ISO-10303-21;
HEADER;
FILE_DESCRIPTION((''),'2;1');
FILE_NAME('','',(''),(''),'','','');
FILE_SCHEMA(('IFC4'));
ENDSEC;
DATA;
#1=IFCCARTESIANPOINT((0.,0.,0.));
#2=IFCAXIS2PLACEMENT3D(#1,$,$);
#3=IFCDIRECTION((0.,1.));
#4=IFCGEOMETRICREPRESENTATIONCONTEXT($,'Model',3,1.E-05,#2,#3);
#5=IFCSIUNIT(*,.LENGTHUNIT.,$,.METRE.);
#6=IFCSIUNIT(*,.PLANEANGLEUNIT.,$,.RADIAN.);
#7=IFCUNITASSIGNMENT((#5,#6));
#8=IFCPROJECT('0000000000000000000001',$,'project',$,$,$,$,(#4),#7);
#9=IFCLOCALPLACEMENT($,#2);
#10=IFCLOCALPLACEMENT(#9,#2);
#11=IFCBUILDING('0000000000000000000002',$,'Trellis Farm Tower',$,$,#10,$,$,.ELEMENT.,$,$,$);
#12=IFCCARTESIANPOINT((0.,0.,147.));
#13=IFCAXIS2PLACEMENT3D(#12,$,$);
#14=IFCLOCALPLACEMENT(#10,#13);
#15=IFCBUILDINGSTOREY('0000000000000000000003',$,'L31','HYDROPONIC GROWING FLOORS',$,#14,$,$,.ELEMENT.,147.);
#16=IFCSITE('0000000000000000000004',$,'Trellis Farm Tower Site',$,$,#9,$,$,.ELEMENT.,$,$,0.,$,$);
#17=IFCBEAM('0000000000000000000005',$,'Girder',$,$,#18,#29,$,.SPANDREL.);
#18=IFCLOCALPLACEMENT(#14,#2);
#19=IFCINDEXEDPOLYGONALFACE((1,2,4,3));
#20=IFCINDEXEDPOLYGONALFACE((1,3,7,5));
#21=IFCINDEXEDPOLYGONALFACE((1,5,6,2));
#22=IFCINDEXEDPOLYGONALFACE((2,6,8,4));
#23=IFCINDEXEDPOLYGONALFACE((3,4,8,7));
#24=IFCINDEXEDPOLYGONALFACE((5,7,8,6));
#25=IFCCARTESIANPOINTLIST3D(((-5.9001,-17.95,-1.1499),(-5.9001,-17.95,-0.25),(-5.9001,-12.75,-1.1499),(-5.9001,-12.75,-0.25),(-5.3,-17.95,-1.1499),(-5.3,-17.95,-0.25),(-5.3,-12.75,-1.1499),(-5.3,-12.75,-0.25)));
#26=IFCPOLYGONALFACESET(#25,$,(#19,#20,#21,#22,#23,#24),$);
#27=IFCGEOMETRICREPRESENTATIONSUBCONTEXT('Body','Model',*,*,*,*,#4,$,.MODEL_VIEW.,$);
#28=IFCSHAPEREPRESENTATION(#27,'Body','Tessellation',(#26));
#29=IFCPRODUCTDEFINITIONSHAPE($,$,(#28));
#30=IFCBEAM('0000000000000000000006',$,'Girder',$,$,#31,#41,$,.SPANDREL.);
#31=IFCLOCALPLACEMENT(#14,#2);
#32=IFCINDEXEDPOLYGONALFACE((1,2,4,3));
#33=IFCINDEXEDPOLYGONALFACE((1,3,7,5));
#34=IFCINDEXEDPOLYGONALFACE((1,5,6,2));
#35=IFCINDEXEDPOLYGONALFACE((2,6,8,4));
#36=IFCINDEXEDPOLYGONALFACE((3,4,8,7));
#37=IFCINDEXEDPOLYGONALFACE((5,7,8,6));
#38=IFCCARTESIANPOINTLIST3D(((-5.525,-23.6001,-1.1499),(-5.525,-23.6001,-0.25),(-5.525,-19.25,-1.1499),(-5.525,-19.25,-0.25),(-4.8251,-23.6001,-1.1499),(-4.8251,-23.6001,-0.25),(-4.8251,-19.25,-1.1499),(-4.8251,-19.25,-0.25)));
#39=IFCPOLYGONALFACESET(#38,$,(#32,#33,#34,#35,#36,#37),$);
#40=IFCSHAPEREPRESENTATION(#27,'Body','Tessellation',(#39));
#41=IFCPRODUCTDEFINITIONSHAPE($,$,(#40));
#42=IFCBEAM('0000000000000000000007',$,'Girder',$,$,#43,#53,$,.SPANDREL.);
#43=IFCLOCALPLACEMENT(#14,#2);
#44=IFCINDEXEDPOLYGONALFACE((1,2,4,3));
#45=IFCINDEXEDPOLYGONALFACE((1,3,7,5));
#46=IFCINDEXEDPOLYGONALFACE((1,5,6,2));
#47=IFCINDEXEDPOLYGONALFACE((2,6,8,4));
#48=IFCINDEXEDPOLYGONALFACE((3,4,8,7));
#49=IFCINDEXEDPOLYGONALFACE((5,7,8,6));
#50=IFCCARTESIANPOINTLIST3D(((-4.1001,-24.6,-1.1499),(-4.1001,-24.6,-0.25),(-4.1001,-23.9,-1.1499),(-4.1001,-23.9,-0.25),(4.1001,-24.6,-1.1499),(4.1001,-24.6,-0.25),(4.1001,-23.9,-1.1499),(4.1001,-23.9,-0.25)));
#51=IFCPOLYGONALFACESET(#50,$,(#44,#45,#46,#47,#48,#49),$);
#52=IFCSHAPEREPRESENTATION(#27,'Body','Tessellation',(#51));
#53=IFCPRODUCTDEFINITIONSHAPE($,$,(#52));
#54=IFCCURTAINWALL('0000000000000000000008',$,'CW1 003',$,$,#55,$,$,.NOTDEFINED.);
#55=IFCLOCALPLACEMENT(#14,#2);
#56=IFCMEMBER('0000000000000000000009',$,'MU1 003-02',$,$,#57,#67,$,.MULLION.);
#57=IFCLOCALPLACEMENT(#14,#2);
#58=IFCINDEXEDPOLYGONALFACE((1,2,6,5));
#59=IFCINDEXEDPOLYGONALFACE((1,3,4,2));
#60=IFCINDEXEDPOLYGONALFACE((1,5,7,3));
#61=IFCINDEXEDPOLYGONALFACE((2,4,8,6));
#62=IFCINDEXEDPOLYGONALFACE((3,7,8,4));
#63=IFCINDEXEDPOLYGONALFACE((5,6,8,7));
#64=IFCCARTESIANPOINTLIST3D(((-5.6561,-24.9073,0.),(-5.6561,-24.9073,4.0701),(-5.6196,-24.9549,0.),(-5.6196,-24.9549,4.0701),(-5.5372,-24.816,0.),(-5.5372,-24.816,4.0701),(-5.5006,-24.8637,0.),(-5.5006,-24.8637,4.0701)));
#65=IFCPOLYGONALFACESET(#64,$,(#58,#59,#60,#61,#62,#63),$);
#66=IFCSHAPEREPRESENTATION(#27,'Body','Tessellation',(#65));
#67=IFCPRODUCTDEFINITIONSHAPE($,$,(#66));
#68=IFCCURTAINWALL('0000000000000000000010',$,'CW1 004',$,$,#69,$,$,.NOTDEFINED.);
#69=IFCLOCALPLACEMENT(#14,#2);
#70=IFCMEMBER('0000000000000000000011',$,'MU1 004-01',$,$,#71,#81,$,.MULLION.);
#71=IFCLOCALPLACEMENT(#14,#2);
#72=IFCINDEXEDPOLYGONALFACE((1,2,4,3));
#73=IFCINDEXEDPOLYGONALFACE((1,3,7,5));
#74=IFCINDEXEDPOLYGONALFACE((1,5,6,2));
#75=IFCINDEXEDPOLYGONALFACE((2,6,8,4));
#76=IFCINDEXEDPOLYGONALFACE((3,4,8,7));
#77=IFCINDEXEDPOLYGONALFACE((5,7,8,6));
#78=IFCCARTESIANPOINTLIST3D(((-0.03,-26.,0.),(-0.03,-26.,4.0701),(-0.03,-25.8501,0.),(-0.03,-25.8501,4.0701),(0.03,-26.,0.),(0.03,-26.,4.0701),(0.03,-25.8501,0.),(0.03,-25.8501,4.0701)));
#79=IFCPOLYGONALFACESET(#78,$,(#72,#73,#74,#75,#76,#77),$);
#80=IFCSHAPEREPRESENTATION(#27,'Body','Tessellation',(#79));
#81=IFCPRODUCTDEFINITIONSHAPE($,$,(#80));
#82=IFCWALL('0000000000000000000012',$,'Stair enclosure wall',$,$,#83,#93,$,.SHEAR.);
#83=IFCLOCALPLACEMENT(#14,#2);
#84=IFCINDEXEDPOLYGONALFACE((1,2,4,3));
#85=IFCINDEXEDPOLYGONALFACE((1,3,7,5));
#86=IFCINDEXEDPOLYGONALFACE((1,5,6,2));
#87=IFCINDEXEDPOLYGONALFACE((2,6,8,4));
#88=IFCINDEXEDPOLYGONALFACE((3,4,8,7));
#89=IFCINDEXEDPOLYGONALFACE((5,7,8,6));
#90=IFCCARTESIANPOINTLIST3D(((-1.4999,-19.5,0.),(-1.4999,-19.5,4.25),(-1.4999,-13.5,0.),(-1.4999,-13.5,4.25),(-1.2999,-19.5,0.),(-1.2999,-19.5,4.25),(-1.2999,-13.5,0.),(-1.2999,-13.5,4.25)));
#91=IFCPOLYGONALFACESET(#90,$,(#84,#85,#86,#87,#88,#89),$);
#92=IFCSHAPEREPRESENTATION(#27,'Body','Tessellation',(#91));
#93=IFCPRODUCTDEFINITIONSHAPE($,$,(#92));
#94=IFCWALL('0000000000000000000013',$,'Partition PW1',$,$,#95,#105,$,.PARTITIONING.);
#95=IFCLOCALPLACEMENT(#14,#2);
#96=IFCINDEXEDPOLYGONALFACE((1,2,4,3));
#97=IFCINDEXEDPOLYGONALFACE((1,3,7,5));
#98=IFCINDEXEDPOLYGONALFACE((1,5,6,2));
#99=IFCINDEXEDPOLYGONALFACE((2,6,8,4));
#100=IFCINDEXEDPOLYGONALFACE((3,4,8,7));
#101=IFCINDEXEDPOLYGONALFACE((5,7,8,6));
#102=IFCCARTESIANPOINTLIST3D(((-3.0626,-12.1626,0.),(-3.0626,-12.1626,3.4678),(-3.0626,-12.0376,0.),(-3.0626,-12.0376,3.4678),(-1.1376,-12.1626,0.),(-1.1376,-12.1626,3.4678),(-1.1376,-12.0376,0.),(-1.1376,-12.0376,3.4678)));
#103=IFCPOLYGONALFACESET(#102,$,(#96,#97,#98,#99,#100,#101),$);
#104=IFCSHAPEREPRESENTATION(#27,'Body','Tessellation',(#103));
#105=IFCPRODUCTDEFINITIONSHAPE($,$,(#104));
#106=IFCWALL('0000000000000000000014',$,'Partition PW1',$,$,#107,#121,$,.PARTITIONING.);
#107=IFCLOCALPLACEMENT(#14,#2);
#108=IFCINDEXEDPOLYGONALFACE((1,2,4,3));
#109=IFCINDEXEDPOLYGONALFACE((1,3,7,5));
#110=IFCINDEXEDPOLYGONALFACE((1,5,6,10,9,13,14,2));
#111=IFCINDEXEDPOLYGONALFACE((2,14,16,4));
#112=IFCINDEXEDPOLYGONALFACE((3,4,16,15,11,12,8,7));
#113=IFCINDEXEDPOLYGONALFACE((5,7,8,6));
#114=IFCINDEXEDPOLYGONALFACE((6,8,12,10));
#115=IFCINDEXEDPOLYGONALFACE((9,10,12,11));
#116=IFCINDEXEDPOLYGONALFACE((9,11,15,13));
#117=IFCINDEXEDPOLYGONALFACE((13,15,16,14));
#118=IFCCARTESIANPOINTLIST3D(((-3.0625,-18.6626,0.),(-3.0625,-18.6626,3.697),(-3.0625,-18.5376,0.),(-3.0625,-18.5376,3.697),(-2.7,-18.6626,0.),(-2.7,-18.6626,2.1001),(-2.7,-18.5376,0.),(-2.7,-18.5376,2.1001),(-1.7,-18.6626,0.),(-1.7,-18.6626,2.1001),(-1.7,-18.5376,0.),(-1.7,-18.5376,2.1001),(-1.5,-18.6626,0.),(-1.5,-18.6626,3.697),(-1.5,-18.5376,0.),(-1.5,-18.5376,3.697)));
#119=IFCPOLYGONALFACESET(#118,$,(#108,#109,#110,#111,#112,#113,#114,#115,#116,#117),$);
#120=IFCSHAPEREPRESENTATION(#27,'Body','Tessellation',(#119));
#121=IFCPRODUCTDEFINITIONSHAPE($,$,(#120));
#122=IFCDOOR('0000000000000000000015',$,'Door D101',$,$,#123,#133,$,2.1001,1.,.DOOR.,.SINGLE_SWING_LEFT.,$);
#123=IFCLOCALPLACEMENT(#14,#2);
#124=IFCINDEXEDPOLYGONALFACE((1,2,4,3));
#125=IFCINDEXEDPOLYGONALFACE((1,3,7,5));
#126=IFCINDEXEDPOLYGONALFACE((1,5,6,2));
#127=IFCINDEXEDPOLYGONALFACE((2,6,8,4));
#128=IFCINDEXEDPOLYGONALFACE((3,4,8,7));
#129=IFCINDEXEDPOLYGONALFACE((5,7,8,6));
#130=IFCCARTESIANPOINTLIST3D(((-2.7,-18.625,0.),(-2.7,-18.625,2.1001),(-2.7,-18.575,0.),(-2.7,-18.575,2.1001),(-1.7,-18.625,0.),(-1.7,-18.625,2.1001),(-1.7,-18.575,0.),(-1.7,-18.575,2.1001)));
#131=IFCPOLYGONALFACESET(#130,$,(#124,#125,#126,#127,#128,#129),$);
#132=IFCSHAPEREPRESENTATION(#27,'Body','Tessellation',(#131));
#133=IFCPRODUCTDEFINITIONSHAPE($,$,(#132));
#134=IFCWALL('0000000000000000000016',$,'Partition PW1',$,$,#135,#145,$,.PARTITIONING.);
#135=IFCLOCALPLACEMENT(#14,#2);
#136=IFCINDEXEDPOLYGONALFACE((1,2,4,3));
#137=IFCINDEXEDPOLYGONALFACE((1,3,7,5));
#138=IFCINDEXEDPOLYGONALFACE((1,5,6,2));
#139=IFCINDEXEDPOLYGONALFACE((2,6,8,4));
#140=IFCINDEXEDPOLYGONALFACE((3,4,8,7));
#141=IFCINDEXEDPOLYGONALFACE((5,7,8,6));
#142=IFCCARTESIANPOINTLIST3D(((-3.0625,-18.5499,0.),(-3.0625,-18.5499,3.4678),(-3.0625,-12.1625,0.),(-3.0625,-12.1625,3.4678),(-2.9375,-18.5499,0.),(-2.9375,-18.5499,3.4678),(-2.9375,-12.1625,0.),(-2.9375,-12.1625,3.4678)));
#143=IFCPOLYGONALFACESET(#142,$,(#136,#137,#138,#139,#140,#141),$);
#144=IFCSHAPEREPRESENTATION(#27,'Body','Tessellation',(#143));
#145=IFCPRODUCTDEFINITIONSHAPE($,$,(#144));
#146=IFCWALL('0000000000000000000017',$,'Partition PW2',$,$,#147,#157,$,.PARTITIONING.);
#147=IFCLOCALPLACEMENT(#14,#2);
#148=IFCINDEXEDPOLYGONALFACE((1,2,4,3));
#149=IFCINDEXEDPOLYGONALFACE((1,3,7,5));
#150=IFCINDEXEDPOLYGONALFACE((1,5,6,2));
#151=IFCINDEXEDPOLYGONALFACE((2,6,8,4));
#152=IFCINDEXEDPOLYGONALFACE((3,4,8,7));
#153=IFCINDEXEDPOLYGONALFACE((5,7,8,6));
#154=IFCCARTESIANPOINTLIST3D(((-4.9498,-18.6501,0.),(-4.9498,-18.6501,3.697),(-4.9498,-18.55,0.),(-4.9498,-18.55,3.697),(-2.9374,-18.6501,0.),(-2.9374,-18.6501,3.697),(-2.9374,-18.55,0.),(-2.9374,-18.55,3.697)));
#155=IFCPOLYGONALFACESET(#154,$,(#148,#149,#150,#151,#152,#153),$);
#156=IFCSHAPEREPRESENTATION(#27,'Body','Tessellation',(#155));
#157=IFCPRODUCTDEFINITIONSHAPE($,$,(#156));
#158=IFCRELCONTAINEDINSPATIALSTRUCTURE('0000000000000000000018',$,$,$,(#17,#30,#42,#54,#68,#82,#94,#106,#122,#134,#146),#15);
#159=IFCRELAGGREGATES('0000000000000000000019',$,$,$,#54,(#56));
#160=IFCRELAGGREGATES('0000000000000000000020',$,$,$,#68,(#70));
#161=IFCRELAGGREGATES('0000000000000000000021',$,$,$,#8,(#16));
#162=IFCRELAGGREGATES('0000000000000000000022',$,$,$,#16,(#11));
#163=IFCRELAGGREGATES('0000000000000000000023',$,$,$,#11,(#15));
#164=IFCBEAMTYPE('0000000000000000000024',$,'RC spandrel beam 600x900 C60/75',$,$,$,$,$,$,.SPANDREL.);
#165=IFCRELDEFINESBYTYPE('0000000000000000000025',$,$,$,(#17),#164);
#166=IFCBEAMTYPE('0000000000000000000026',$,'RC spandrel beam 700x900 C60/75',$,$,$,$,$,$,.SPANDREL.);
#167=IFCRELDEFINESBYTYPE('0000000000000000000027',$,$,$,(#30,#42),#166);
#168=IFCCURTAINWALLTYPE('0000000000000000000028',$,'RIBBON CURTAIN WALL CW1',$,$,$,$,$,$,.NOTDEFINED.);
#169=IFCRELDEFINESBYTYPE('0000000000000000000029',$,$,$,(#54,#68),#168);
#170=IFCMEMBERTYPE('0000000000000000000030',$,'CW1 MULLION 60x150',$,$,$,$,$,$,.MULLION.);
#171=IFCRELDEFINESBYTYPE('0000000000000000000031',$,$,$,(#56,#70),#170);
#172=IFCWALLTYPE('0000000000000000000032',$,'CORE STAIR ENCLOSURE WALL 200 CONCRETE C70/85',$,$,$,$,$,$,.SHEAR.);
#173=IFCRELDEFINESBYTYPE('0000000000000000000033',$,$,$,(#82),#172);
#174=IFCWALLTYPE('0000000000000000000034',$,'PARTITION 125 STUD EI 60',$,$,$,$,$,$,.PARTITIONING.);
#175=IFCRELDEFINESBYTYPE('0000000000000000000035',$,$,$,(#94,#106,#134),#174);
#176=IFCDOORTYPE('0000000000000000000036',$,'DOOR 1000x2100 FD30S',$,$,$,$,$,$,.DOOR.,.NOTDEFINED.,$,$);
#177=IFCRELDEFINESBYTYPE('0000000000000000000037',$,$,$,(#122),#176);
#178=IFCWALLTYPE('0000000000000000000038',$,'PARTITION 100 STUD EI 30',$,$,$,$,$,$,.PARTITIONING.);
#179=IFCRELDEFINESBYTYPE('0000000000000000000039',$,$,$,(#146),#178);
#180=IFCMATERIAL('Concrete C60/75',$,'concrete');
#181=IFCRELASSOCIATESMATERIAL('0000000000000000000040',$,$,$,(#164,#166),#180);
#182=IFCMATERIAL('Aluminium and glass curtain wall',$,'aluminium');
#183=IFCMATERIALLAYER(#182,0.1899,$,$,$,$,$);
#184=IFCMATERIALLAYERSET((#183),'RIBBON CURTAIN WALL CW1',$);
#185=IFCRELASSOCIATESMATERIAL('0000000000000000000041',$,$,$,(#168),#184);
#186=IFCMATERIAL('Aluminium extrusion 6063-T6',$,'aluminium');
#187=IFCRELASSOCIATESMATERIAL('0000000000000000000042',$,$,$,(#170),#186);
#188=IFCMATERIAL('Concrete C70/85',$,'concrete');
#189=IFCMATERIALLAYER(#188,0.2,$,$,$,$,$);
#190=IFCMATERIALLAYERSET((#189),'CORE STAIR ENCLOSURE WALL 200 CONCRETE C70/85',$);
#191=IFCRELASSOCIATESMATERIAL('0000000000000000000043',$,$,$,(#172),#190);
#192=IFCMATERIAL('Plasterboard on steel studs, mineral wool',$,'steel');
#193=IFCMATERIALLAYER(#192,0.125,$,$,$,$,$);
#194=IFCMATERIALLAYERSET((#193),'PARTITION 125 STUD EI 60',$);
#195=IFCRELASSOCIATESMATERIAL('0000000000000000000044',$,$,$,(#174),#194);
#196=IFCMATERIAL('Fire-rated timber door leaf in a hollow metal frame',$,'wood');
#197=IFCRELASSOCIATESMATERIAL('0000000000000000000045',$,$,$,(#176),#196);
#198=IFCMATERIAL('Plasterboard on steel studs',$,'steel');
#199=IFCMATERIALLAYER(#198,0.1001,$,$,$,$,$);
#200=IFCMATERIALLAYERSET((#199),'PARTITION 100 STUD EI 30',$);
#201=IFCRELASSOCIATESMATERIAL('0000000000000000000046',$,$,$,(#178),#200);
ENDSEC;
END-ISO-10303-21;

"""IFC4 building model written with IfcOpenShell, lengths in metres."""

from ifc_helpers import new_model, si_unit, direction, frame, frame_2d, origin, origin_2d, place, context, subcontext, project, spatial, rectangle, extrude, source, transform, mapped, material, layer, layer_set, material_profile, profile_set, type_object, element, fill, aggregate, save


model = new_model("IFC4")

# Units and contexts
model_context = context("Model", 3, precision=1e-05, world=origin(), true_north=direction((0.0, 1.0)))
body_context = subcontext(model_context, "Body", "Model", "MODEL_VIEW")
ifc_project = project(units=[si_unit("LENGTHUNIT", "METRE"), si_unit("PLANEANGLEUNIT", "RADIAN")], contexts=[model_context])

# Site, building, storey
site_placement = place(None, origin())
site = spatial("IfcSite", under=ifc_project, at=site_placement, Name="Trellis Farm Tower Site", CompositionType="ELEMENT", RefElevation=0.0)
building_placement = place(site_placement, origin())
building = spatial("IfcBuilding", under=site, at=building_placement, Name="Trellis Farm Tower", CompositionType="ELEMENT")
storey_placement = place(building_placement, frame((0.0, 0.0, 147.0)))
storey = spatial("IfcBuildingStorey", under=building, at=storey_placement, Name="L31", Description="HYDROPONIC GROWING FLOORS", CompositionType="ELEMENT", Elevation=147.0)

# Beams
ifc_material_1 = material(Name="Concrete C60/75", Category="concrete")
ifc_material_profile_1 = material_profile(ifc_material_1, rectangle(XDim=0.6001, YDim=0.8999, at=origin_2d()), Name="RC spandrel beam 600x900 C60/75")
ifc_profile_set_1 = profile_set([ifc_material_profile_1], Name="Concrete C60/75")
beam_type_1 = type_object("IfcBeamType", Name="RC spandrel beam 600x900 C60/75", PredefinedType="SPANDREL", material=ifc_profile_set_1)
shared_shape_1 = source(origin(), body_context, "Body", "SweptSolid", [
    extrude(rectangle(XDim=0.6001, YDim=0.8999, at=origin_2d()), origin(), (0.0, 0.0, 1.0), 5.2),
])
beam_1_placement = place(storey_placement, frame((-5.6001, -17.95, -0.7), z_axis=(0.0, 1.0, 0.0), x_axis=(-1.0, 0.0, 0.0)))
element("IfcBeam", 1, at=beam_1_placement, inside=storey, type_object=beam_type_1, Name="Girder", PredefinedType="SPANDREL", context=body_context, shape_type="MappedRepresentation", body=[
    mapped(shared_shape_1, transform((0.0, 0.0, 0.0))),
])
ifc_material_profile_2 = material_profile(ifc_material_1, rectangle(XDim=0.7, YDim=0.8999, at=origin_2d()), Name="RC spandrel beam 700x900 C60/75")
ifc_profile_set_2 = profile_set([ifc_material_profile_2], Name="Concrete C60/75")
beam_type_2 = type_object("IfcBeamType", Name="RC spandrel beam 700x900 C60/75", PredefinedType="SPANDREL", material=ifc_profile_set_2)
shared_shape_2 = source(origin(), body_context, "Body", "SweptSolid", [
    extrude(rectangle(XDim=0.7, YDim=0.8999, at=origin_2d()), origin(), (0.0, 0.0, 1.0), 4.3501),
])
beam_2_placement = place(storey_placement, frame((-5.175, -23.6001, -0.7), z_axis=(0.0, 1.0, 0.0), x_axis=(-1.0, 0.0, 0.0)))
element("IfcBeam", 2, at=beam_2_placement, inside=storey, type_object=beam_type_2, Name="Girder", PredefinedType="SPANDREL", context=body_context, shape_type="MappedRepresentation", body=[
    mapped(shared_shape_2, transform((0.0, 0.0, 0.0))),
])
shared_shape_3 = source(origin(), body_context, "Body", "SweptSolid", [
    extrude(rectangle(XDim=0.7, YDim=0.8999, at=origin_2d()), origin(), (0.0, 0.0, 1.0), 8.2002),
])
beam_3_placement = place(storey_placement, frame((-4.1001, -24.25, -0.7), z_axis=(1.0, 0.0, 0.0), x_axis=(0.0, 1.0, 0.0)))
element("IfcBeam", 3, at=beam_3_placement, inside=storey, type_object=beam_type_2, Name="Girder", PredefinedType="SPANDREL", context=body_context, shape_type="MappedRepresentation", body=[
    mapped(shared_shape_3, transform((0.0, 0.0, 0.0))),
])

# Curtain walls, members
ifc_material_2 = material(Name="Aluminium and glass curtain wall", Category="aluminium")
ifc_layer_1 = layer(ifc_material_2, 0.1899)
ifc_layer_set_1 = layer_set([ifc_layer_1], Name="RIBBON CURTAIN WALL CW1")
curtain_wall_type = type_object("IfcCurtainWallType", Name="RIBBON CURTAIN WALL CW1", PredefinedType="NOTDEFINED", material=ifc_layer_set_1)
placement = place(storey_placement, origin())
curtain_wall_1 = element("IfcCurtainWall", 4, at=placement, inside=storey, type_object=curtain_wall_type, Name="CW1 003", PredefinedType="NOTDEFINED")
ifc_material_3 = material(Name="Aluminium extrusion 6063-T6", Category="aluminium")
ifc_material_profile_3 = material_profile(ifc_material_3, rectangle(XDim=0.0601, YDim=0.1499, at=origin_2d()), Name="MULLION 60x150")
ifc_profile_set_3 = profile_set([ifc_material_profile_3], Name="Aluminium extrusion 6063-T6")
member_type = type_object("IfcMemberType", Name="CW1 MULLION 60x150", PredefinedType="MULLION", material=ifc_profile_set_3)
shared_shape_4 = source(origin(), body_context, "Body", "SweptSolid", [
    extrude(rectangle(XDim=0.0601, YDim=0.1499, at=origin_2d()), origin(), (0.0, 0.0, 1.0), 4.0701),
])
member_1_placement = place(storey_placement, frame((-5.5784, -24.8855, 0.0), z_axis=(0.0, 0.0, 1.0), x_axis=(0.608761, -0.793353, 0.0)))
member_1 = element("IfcMember", 5, at=member_1_placement, type_object=member_type, Name="MU1 003-02", PredefinedType="MULLION", context=body_context, shape_type="MappedRepresentation", body=[
    mapped(shared_shape_4, transform((0.0, 0.0, 0.0))),
])
aggregate(curtain_wall_1, [member_1])
curtain_wall_2 = element("IfcCurtainWall", 6, at=placement, inside=storey, type_object=curtain_wall_type, Name="CW1 004", PredefinedType="NOTDEFINED")
member_2_placement = place(storey_placement, frame((0.0, -25.925, 0.0), z_axis=(0.0, 0.0, 1.0), x_axis=(1.0, 0.0, 0.0)))
member_2 = element("IfcMember", 7, at=member_2_placement, type_object=member_type, Name="MU1 004-01", PredefinedType="MULLION", context=body_context, shape_type="MappedRepresentation", body=[
    mapped(shared_shape_4, transform((0.0, 0.0, 0.0))),
])
aggregate(curtain_wall_2, [member_2])

# Wall
ifc_material_4 = material(Name="Concrete C70/85", Category="concrete")
ifc_layer_2 = layer(ifc_material_4, 0.2)
ifc_layer_set_2 = layer_set([ifc_layer_2], Name="CORE STAIR ENCLOSURE WALL 200 CONCRETE C70/85")
wall_type_1 = type_object("IfcWallType", Name="CORE STAIR ENCLOSURE WALL 200 CONCRETE C70/85", PredefinedType="SHEAR", material=ifc_layer_set_2)
shared_shape_5 = source(origin(), body_context, "Body", "SweptSolid", [
    extrude(rectangle(XDim=6.0, YDim=0.2, at=frame_2d((3.0, 0.0))), origin(), (0.0, 0.0, 1.0), 4.25),
])
wall_1_placement = place(storey_placement, frame((-1.3999, -13.5, 0.0), z_axis=(0.0, 0.0, 1.0), x_axis=(0.0, -1.0, 0.0)))
element("IfcWall", 8, at=wall_1_placement, inside=storey, type_object=wall_type_1, Name="Stair enclosure wall", PredefinedType="SHEAR", context=body_context, shape_type="MappedRepresentation", body=[
    mapped(shared_shape_5, transform((0.0, 0.0, 0.0))),
])

# Wall
ifc_material_5 = material(Name="Plasterboard on steel studs, mineral wool", Category="steel")
ifc_layer_3 = layer(ifc_material_5, 0.125)
ifc_layer_set_3 = layer_set([ifc_layer_3], Name="PARTITION 125 STUD EI 60")
wall_type_2 = type_object("IfcWallType", Name="PARTITION 125 STUD EI 60", PredefinedType="PARTITIONING", material=ifc_layer_set_3)
shared_shape_6 = source(origin(), body_context, "Body", "SweptSolid", [
    extrude(rectangle(XDim=1.925, YDim=0.125, at=frame_2d((0.9624, 0.0))), origin(), (0.0, 0.0, 1.0), 3.4678),
])
wall_2_placement = place(storey_placement, frame((-3.0625, -12.1001, 0.0), z_axis=(0.0, 0.0, 1.0), x_axis=(1.0, 0.0, 0.0)))
element("IfcWall", 9, at=wall_2_placement, inside=storey, type_object=wall_type_2, Name="Partition PW1", PredefinedType="PARTITIONING", context=body_context, shape_type="MappedRepresentation", body=[
    mapped(shared_shape_6, transform((0.0, 0.0, 0.0))),
])

# Wall, opening, door
shared_shape_7 = source(origin(), body_context, "Body", "SweptSolid", [
    extrude(rectangle(XDim=1.5625, YDim=0.125, at=frame_2d((0.7812, 0.0))), origin(), (0.0, 0.0, 1.0), 3.697),
])
wall_3_placement = place(storey_placement, frame((-1.5, -18.6001, 0.0), z_axis=(0.0, 0.0, 1.0), x_axis=(-1.0, 0.0, 0.0)))
wall_3 = element("IfcWall", 10, at=wall_3_placement, inside=storey, type_object=wall_type_2, Name="Partition PW1", PredefinedType="PARTITIONING", context=body_context, shape_type="MappedRepresentation", body=[
    mapped(shared_shape_7, transform((0.0, 0.0, 0.0))),
])
shared_shape_8 = source(origin(), body_context, "Body", "SweptSolid", [
    extrude(rectangle(XDim=1.0, YDim=2.1001, at=frame_2d((0.5, 1.05))), frame((0.0, 0.0725, 0.0), z_axis=(0.0, -1.0, 0.0), x_axis=(1.0, 0.0, 0.0)), (0.0, 0.0, 1.0), 0.145),
])
opening_1_placement = place(wall_3_placement, frame((0.2, 0.0, 0.0)))
opening_1 = element("IfcOpeningElement", 11, at=opening_1_placement, cuts=wall_3, PredefinedType="OPENING", context=body_context, shape_type="MappedRepresentation", body=[
    mapped(shared_shape_8, transform((0.0, 0.0, 0.0))),
])
ifc_material_6 = material(Name="Fire-rated timber door leaf in a hollow metal frame", Category="wood")
door_type_1 = type_object("IfcDoorType", Name="DOOR 1000x2100 FD30S", OperationType="NOTDEFINED", PredefinedType="DOOR", material=ifc_material_6)
shared_shape_9 = source(origin(), body_context, "Body", "SweptSolid", [
    extrude(rectangle(XDim=1.0, YDim=2.1001, at=frame_2d((0.5, 1.05))), frame((0.0, 0.0249, 0.0), z_axis=(0.0, -1.0, 0.0), x_axis=(1.0, 0.0, 0.0)), (0.0, 0.0, 1.0), 0.05),
])
door_1_placement = place(opening_1_placement, origin())
door_1 = element("IfcDoor", 12, at=door_1_placement, inside=storey, type_object=door_type_1, Name="Door D101", OperationType="SINGLE_SWING_LEFT", OverallHeight=2.1001, OverallWidth=1.0, PredefinedType="DOOR", context=body_context, shape_type="MappedRepresentation", body=[
    mapped(shared_shape_9, transform((0.0, 0.0, 0.0))),
])
fill(opening_1, door_1)

# Walls
shared_shape_10 = source(origin(), body_context, "Body", "SweptSolid", [
    extrude(rectangle(XDim=6.3875, YDim=0.125, at=frame_2d((3.1938, 0.0))), origin(), (0.0, 0.0, 1.0), 3.4678),
])
wall_4_placement = place(storey_placement, frame((-3.0, -18.55, 0.0), z_axis=(0.0, 0.0, 1.0), x_axis=(0.0, 1.0, 0.0)))
element("IfcWall", 13, at=wall_4_placement, inside=storey, type_object=wall_type_2, Name="Partition PW1", PredefinedType="PARTITIONING", context=body_context, shape_type="MappedRepresentation", body=[
    mapped(shared_shape_10, transform((0.0, 0.0, 0.0))),
])
ifc_material_7 = material(Name="Plasterboard on steel studs", Category="steel")
ifc_layer_4 = layer(ifc_material_7, 0.1001)
ifc_layer_set_4 = layer_set([ifc_layer_4], Name="PARTITION 100 STUD EI 30")
wall_type_3 = type_object("IfcWallType", Name="PARTITION 100 STUD EI 30", PredefinedType="PARTITIONING", material=ifc_layer_set_4)
shared_shape_11 = source(origin(), body_context, "Body", "SweptSolid", [
    extrude(rectangle(XDim=2.0125, YDim=0.1001, at=frame_2d((1.0063, 0.0))), origin(), (0.0, 0.0, 1.0), 3.697),
])
wall_5_placement = place(storey_placement, frame((-4.95, -18.6001, 0.0), z_axis=(0.0, 0.0, 1.0), x_axis=(1.0, 0.0, 0.0)))
element("IfcWall", 14, at=wall_5_placement, inside=storey, type_object=wall_type_3, Name="Partition PW2", PredefinedType="PARTITIONING", context=body_context, shape_type="MappedRepresentation", body=[
    mapped(shared_shape_11, transform((0.0, 0.0, 0.0))),
])

save(model, "model.ifc")
